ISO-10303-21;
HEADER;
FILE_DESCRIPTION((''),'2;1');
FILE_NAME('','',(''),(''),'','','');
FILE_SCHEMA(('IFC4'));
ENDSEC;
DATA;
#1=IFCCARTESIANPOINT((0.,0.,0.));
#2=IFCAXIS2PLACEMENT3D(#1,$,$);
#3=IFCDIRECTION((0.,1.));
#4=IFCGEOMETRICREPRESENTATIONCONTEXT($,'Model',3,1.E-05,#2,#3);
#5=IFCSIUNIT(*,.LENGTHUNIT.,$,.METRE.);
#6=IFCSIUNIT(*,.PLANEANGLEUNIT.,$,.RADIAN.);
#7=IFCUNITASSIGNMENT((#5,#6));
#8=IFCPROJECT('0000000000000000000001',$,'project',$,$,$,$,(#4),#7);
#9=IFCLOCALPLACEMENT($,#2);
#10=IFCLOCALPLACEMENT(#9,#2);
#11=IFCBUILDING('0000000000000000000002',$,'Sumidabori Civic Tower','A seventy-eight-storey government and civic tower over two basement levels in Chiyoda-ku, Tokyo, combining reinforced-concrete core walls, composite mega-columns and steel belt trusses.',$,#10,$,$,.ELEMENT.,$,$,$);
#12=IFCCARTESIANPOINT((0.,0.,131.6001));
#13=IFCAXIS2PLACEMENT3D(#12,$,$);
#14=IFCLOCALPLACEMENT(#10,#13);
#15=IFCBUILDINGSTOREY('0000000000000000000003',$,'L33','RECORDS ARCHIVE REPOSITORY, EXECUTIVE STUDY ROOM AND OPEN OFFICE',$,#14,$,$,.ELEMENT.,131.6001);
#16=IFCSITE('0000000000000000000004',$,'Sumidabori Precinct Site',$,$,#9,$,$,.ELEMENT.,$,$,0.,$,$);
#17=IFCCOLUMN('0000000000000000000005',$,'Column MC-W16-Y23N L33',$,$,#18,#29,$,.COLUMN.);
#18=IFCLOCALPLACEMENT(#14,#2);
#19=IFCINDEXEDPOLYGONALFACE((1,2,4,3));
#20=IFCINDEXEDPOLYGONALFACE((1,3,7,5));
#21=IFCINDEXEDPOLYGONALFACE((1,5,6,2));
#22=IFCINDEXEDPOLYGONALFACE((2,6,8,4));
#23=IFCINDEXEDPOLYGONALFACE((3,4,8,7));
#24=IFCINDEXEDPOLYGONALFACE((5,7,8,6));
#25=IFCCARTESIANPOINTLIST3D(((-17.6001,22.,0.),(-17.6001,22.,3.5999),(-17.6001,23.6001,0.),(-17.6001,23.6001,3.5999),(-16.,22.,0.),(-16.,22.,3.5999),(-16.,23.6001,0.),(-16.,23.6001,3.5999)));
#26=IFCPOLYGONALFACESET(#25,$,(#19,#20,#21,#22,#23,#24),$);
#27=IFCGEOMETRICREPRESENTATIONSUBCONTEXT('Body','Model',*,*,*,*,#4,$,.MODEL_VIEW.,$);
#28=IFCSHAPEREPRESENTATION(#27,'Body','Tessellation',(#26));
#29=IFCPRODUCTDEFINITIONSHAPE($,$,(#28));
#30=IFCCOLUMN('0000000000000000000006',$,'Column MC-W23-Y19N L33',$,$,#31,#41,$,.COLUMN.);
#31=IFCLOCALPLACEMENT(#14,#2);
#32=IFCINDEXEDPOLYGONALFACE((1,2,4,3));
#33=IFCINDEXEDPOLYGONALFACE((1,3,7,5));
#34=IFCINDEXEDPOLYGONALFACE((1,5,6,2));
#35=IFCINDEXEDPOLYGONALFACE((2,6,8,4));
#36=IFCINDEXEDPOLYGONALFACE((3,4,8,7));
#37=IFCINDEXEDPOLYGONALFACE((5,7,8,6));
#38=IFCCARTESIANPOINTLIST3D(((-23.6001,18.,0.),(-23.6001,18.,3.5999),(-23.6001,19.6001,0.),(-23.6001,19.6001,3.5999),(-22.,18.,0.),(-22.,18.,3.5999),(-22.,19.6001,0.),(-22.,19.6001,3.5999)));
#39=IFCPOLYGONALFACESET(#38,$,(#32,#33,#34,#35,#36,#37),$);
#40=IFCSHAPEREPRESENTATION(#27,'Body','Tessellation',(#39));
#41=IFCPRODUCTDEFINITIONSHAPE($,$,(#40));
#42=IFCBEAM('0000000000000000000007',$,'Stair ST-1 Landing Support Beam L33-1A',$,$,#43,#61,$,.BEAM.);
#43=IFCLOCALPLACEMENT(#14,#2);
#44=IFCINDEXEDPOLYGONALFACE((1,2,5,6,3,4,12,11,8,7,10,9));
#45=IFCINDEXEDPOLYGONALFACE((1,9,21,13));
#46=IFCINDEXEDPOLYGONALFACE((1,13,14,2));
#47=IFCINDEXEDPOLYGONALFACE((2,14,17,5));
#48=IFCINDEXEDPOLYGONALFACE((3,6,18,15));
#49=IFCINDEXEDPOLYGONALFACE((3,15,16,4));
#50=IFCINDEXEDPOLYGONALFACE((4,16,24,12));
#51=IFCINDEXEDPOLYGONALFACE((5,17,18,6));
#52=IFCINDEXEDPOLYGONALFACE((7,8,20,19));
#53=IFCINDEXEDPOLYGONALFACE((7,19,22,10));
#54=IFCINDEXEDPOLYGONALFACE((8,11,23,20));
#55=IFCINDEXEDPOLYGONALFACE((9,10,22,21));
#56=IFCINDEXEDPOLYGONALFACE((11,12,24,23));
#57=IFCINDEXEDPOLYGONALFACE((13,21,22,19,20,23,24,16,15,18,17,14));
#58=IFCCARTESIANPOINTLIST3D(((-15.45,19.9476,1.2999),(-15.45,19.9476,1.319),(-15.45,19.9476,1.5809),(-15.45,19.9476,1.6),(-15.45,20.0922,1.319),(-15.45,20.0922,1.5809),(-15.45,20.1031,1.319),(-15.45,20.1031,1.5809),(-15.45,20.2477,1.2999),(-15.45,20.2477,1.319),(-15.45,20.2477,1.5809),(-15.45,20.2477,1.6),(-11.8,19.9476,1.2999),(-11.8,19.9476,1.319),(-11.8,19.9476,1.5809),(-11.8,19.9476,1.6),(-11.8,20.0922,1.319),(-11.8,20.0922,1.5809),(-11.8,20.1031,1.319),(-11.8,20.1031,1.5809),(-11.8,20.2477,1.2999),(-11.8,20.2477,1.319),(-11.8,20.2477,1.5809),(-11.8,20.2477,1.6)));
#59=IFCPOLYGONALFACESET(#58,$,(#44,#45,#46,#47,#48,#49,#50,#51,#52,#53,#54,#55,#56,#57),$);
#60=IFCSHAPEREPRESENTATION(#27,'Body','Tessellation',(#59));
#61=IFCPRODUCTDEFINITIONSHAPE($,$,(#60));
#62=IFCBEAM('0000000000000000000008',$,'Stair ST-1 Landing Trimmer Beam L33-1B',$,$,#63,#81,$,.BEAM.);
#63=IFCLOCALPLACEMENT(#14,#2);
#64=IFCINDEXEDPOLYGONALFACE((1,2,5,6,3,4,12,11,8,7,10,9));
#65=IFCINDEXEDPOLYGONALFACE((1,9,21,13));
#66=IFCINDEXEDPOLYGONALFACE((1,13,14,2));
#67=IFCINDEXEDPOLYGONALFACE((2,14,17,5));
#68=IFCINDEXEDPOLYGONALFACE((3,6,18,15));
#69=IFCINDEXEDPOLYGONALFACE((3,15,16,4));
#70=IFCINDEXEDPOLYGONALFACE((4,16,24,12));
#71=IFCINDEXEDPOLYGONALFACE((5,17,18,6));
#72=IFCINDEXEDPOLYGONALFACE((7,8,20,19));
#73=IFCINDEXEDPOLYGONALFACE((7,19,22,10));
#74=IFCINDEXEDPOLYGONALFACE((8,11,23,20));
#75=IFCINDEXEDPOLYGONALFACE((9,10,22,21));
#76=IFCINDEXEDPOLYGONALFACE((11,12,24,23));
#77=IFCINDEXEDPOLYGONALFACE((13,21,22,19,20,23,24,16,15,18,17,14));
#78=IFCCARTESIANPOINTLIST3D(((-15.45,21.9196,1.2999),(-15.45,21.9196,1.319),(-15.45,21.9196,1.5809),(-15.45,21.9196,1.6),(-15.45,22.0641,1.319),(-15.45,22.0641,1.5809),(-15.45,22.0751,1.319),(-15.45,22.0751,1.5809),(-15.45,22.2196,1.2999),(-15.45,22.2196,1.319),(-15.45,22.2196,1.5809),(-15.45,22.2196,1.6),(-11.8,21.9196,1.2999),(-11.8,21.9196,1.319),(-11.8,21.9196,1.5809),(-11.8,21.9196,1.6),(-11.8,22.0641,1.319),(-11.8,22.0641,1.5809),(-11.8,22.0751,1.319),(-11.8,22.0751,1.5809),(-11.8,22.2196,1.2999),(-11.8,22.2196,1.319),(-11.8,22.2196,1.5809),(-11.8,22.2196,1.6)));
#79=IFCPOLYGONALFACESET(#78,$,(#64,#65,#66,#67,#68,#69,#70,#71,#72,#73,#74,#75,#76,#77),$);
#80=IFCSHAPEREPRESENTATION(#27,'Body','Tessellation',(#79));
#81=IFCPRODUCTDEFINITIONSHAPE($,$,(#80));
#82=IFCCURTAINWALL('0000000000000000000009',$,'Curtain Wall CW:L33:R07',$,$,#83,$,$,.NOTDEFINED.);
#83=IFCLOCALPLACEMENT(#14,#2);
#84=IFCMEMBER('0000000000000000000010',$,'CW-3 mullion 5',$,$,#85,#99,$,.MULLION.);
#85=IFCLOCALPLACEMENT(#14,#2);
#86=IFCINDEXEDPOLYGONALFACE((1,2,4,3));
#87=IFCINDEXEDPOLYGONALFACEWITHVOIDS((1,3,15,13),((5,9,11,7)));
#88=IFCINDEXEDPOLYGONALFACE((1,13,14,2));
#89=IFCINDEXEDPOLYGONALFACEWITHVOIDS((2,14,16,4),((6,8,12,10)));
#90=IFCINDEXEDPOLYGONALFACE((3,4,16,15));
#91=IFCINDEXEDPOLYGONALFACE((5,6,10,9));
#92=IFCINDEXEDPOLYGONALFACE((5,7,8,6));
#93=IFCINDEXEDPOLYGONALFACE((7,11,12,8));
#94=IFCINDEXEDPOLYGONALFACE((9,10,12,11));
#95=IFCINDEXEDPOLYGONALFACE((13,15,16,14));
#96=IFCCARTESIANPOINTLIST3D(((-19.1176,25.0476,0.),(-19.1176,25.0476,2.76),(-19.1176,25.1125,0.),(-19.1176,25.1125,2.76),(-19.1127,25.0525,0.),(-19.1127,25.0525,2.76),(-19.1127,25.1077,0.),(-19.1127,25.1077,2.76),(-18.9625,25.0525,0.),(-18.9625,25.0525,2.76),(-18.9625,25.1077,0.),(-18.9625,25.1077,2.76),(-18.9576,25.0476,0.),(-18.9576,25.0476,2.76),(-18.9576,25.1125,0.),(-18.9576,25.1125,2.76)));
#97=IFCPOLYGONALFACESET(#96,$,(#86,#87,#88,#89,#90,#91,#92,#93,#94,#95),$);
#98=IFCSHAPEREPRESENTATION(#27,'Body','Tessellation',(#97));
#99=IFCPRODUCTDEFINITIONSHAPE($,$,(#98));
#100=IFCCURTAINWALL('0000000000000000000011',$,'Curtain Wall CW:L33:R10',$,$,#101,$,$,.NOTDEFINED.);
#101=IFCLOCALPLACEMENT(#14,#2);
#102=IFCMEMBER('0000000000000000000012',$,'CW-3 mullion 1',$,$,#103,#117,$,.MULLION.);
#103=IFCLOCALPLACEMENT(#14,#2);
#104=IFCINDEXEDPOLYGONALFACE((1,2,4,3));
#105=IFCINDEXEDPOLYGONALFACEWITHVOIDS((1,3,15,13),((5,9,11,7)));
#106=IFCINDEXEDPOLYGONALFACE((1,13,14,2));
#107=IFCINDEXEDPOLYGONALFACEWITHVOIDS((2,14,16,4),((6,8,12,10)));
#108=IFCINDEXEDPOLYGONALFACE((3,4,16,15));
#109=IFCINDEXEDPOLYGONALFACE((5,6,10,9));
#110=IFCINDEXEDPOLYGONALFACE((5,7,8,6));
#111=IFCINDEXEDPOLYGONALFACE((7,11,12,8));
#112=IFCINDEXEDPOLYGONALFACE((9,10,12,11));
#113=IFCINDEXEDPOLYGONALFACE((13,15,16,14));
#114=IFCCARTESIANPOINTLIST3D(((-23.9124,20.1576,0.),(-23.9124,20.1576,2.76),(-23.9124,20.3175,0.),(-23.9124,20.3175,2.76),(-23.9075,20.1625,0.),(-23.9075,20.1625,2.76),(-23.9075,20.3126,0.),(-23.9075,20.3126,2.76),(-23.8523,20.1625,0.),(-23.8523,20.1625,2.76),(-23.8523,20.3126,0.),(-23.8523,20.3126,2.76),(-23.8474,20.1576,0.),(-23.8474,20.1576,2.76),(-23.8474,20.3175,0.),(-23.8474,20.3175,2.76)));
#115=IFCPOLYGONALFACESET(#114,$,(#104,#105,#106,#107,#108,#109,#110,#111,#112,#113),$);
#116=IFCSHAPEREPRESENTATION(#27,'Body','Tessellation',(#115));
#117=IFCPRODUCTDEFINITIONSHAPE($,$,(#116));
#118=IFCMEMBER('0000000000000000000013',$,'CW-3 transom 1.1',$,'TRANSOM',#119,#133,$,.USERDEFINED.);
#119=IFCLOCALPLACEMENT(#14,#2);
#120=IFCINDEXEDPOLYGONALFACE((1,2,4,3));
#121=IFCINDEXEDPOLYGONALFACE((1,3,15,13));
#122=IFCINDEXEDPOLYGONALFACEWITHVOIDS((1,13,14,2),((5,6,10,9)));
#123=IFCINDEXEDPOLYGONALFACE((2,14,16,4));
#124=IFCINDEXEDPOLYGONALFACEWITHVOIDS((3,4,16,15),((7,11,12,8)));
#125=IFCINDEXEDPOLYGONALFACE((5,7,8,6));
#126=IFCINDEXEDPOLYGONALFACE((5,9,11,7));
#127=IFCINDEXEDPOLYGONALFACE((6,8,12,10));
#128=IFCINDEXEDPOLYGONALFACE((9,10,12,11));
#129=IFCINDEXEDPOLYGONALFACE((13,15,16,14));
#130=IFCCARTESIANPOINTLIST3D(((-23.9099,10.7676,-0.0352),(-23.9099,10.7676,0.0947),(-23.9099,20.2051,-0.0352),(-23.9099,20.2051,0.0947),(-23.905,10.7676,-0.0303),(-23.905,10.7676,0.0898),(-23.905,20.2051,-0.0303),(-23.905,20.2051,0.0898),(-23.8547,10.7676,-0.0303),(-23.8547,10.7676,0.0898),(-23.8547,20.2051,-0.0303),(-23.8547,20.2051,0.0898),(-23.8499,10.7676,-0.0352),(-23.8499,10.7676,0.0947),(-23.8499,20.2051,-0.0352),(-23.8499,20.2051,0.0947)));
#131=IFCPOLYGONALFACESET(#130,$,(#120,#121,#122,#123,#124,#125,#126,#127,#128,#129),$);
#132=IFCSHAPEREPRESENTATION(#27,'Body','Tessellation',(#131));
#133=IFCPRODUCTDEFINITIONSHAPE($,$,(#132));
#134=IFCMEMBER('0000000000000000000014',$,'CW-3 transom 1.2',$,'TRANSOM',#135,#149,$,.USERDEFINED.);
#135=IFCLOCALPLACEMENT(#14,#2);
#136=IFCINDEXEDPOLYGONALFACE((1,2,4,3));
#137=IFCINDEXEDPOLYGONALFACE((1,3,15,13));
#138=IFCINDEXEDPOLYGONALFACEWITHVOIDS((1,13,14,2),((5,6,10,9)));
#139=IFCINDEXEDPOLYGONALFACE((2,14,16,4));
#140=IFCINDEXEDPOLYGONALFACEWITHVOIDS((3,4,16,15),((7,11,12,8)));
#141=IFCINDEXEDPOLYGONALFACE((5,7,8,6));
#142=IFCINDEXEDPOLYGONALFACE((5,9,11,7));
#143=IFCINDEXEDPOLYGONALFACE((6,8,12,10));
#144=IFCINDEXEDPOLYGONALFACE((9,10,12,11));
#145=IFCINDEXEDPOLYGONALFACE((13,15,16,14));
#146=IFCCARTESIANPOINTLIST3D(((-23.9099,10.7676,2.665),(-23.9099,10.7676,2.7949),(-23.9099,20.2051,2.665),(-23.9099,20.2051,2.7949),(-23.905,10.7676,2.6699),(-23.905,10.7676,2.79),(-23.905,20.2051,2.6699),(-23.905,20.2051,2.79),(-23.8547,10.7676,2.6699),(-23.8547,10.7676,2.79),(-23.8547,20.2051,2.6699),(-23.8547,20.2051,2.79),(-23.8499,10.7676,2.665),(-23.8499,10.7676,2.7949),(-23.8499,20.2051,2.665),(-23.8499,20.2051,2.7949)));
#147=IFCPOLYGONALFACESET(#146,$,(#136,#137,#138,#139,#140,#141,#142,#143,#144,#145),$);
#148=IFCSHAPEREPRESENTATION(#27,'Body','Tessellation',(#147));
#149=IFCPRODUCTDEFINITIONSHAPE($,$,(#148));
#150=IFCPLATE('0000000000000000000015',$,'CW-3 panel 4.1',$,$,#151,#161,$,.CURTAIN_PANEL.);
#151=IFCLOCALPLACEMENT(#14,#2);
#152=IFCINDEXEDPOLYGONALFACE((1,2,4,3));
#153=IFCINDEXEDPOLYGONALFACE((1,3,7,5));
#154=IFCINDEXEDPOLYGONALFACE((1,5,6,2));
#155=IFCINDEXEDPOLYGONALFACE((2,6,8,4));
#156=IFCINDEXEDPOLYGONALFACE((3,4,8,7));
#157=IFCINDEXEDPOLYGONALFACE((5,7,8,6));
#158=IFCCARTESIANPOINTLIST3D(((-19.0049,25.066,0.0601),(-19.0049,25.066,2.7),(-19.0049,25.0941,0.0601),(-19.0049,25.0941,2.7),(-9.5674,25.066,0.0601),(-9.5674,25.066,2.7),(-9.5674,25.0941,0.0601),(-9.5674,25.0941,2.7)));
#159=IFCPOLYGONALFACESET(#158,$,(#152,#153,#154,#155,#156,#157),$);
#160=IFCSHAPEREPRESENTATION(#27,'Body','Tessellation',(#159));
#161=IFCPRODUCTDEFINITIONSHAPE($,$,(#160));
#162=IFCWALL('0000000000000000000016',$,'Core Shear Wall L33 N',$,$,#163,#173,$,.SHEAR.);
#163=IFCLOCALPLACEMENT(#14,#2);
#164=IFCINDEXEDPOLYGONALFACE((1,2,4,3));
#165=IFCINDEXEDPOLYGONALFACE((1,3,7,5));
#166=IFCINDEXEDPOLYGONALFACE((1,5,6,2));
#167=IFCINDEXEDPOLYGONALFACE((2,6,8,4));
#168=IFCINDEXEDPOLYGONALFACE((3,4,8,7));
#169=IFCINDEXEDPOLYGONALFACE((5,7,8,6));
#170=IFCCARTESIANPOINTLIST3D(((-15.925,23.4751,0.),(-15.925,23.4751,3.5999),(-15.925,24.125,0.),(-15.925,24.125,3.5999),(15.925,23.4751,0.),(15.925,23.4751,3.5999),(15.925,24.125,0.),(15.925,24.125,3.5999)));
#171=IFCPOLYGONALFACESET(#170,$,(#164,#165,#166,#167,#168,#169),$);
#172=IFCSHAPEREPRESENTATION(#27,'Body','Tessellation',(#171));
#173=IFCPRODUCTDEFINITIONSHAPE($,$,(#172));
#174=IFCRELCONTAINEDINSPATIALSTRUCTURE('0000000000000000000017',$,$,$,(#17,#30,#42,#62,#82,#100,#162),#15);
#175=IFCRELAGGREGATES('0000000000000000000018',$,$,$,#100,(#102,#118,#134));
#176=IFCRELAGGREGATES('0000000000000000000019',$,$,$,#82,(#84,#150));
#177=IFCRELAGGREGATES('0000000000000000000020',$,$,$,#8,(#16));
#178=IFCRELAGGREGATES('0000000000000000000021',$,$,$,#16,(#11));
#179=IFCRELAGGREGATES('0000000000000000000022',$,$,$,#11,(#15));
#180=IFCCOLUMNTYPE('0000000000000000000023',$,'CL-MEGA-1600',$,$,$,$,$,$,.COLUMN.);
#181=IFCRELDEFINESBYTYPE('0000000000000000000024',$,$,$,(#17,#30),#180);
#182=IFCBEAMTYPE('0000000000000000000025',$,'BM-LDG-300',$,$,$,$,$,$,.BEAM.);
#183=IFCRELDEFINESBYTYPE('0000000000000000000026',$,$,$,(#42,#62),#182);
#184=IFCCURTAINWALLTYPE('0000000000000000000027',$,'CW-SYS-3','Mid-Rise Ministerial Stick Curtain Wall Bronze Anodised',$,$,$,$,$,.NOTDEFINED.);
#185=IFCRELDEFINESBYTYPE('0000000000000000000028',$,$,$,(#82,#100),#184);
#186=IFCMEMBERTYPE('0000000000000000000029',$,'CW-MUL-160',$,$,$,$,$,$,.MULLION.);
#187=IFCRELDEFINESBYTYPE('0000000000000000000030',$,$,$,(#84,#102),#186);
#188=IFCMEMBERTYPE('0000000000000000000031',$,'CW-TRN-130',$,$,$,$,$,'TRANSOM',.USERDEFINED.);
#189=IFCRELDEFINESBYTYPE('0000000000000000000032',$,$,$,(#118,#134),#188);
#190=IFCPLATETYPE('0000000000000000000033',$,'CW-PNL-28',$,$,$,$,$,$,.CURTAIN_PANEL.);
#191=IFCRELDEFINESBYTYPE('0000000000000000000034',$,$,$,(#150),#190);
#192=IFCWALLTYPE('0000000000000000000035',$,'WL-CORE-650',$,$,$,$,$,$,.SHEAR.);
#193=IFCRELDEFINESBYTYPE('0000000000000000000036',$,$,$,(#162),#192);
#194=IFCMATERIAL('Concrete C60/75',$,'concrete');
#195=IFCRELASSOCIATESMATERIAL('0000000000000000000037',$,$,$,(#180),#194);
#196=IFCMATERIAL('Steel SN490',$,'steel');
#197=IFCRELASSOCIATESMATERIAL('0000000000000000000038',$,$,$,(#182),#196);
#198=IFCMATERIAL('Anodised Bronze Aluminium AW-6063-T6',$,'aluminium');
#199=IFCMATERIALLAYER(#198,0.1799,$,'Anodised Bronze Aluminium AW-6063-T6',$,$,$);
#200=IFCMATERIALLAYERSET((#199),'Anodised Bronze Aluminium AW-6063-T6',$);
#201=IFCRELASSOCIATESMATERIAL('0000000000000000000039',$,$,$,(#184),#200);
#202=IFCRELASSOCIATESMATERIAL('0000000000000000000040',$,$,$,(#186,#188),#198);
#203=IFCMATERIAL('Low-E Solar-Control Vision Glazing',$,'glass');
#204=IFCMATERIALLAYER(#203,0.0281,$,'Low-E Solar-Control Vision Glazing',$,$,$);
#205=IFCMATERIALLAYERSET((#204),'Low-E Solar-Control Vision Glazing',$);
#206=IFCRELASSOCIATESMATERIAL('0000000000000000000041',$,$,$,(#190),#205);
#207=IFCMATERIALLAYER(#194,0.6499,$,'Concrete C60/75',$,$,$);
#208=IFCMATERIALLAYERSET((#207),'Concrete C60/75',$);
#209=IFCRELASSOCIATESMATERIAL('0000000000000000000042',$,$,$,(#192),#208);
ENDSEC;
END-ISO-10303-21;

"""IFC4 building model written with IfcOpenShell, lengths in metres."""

from ifc_helpers import new_model, si_unit, direction, frame, frame_2d, origin, origin_2d, place, context, subcontext, project, spatial, rectangle, hollow_rectangle, i_section, extrude, source, transform, mapped, material, layer, layer_set, material_profile, profile_set, type_object, element, aggregate, save


model = new_model("IFC4")

# Units and contexts
model_context = context("Model", 3, precision=1e-05, world=origin(), true_north=direction((0.0, 1.0)))
body_context = subcontext(model_context, "Body", "Model", "MODEL_VIEW")
ifc_project = project(units=[si_unit("LENGTHUNIT", "METRE"), si_unit("PLANEANGLEUNIT", "RADIAN")], contexts=[model_context])

# Site, building, storey
site_placement = place(None, origin())
site = spatial("IfcSite", under=ifc_project, at=site_placement, Name="Sumidabori Precinct Site", CompositionType="ELEMENT", RefElevation=0.0)
building_placement = place(site_placement, origin())
building = spatial("IfcBuilding", under=site, at=building_placement, Name="Sumidabori Civic Tower", Description="A seventy-eight-storey government and civic tower over two basement levels in Chiyoda-ku, Tokyo, combining reinforced-concrete core walls, composite mega-columns and steel belt trusses.", CompositionType="ELEMENT")
storey_placement = place(building_placement, frame((0.0, 0.0, 131.6001)))
storey = spatial("IfcBuildingStorey", under=building, at=storey_placement, Name="L33", Description="RECORDS ARCHIVE REPOSITORY, EXECUTIVE STUDY ROOM AND OPEN OFFICE", CompositionType="ELEMENT", Elevation=131.6001)

# Columns
ifc_material_1 = material(Name="Concrete C60/75", Category="concrete")
ifc_material_profile_1 = material_profile(ifc_material_1, rectangle(XDim=1.6001, YDim=1.6001, at=origin_2d()), Name="RC 1600x1600")
ifc_profile_set_1 = profile_set([ifc_material_profile_1], Name="Concrete C60/75")
column_type = type_object("IfcColumnType", Name="CL-MEGA-1600", PredefinedType="COLUMN", material=ifc_profile_set_1)
shared_shape_1 = source(origin(), body_context, "Body", "SweptSolid", [
    extrude(rectangle(XDim=1.6001, YDim=1.6001, at=origin_2d()), origin(), (0.0, 0.0, 1.0), 3.5999),
])
for number, where, z_axis, x_axis, name in (
    (1, (-16.8, 22.8, 0.0), (0.0, 0.0, 1.0), (1.0, 0.0, 0.0), "Column MC-W16-Y23N L33"),
    (2, (-22.8, 18.8, 0.0), (0.0, 0.0, 1.0), (1.0, 0.0, 0.0), "Column MC-W23-Y19N L33"),
):
    element("IfcColumn", number, at=place(storey_placement, frame(where, z_axis=z_axis, x_axis=x_axis)), inside=storey, type_object=column_type, Name=name, PredefinedType="COLUMN", context=body_context, shape_type="MappedRepresentation", body=[
        mapped(shared_shape_1, transform((0.0, 0.0, 0.0), x_axis=(1.0, 0.0, 0.0), y_axis=(0.0, 1.0, 0.0), z_axis=(0.0, 0.0, 1.0), scale=1.0)),
    ])

# Beams
ifc_material_2 = material(Name="Steel SN490", Category="steel")
ifc_material_profile_2 = material_profile(ifc_material_2, i_section(OverallWidth=0.3, OverallDepth=0.3, WebThickness=0.011, FlangeThickness=0.019, at=origin_2d()), Name="HE 300 B")
ifc_profile_set_2 = profile_set([ifc_material_profile_2], Name="Steel SN490")
beam_type = type_object("IfcBeamType", Name="BM-LDG-300", PredefinedType="BEAM", material=ifc_profile_set_2)
shared_shape_2 = source(origin(), body_context, "Body", "SweptSolid", [
    extrude(i_section(OverallWidth=0.3, OverallDepth=0.3, WebThickness=0.011, FlangeThickness=0.019, at=origin_2d()), origin(), (0.0, 0.0, 1.0), 3.6499),
])
for number, where, z_axis, x_axis, name in (
    (3, (-15.45, 20.0977, 1.45), (1.0, 0.0, 0.0), (0.0, 1.0, 0.0), "Stair ST-1 Landing Support Beam L33-1A"),
    (4, (-15.45, 22.0696, 1.45), (1.0, 0.0, 0.0), (0.0, 1.0, 0.0), "Stair ST-1 Landing Trimmer Beam L33-1B"),
):
    element("IfcBeam", number, at=place(storey_placement, frame(where, z_axis=z_axis, x_axis=x_axis)), inside=storey, type_object=beam_type, Name=name, PredefinedType="BEAM", context=body_context, shape_type="MappedRepresentation", body=[
        mapped(shared_shape_2, transform((0.0, 0.0, 0.0), x_axis=(1.0, 0.0, 0.0), y_axis=(0.0, 1.0, 0.0), z_axis=(0.0, 0.0, 1.0), scale=1.0)),
    ])

# Curtain wall, member
ifc_material_3 = material(Name="Anodised Bronze Aluminium AW-6063-T6", Category="aluminium")
ifc_layer_1 = layer(ifc_material_3, 0.1799, Name="Anodised Bronze Aluminium AW-6063-T6")
ifc_layer_set_1 = layer_set([ifc_layer_1], Name="Anodised Bronze Aluminium AW-6063-T6")
curtain_wall_type = type_object("IfcCurtainWallType", Name="CW-SYS-3", Description="Mid-Rise Ministerial Stick Curtain Wall Bronze Anodised", PredefinedType="NOTDEFINED", material=ifc_layer_set_1)
curtain_wall_1_placement = place(storey_placement, origin())
curtain_wall_1 = element("IfcCurtainWall", 5, at=curtain_wall_1_placement, inside=storey, type_object=curtain_wall_type, Name="Curtain Wall CW:L33:R07", PredefinedType="NOTDEFINED")
ifc_material_profile_3 = material_profile(ifc_material_3, hollow_rectangle(XDim=0.0649, YDim=0.1599, WallThickness=0.0049, at=origin_2d()), Name="ALU MULLION 160x65")
ifc_profile_set_3 = profile_set([ifc_material_profile_3], Name="Anodised Bronze Aluminium AW-6063-T6")
member_type_1 = type_object("IfcMemberType", Name="CW-MUL-160", PredefinedType="MULLION", material=ifc_profile_set_3)
shared_shape_3 = source(origin(), body_context, "Body", "SweptSolid", [
    extrude(hollow_rectangle(XDim=0.0649, YDim=0.1599, WallThickness=0.0049, at=origin_2d()), origin(), (0.0, 0.0, 1.0), 2.76),
])
member_1_placement = place(storey_placement, frame((-19.0376, 25.0801, 0.0), z_axis=(0.0, 0.0, 1.0), x_axis=(0.0, -1.0, 0.0)))
member_1 = element("IfcMember", 6, at=member_1_placement, type_object=member_type_1, Name="CW-3 mullion 5", PredefinedType="MULLION", context=body_context, shape_type="MappedRepresentation", body=[
    mapped(shared_shape_3, transform((0.0, 0.0, 0.0), x_axis=(1.0, 0.0, 0.0), y_axis=(0.0, 1.0, 0.0), z_axis=(0.0, 0.0, 1.0), scale=1.0)),
])

# Curtain wall, members
curtain_wall_2_placement = place(storey_placement, origin())
curtain_wall_2 = element("IfcCurtainWall", 7, at=curtain_wall_2_placement, inside=storey, type_object=curtain_wall_type, Name="Curtain Wall CW:L33:R10", PredefinedType="NOTDEFINED")
member_2_placement = place(storey_placement, frame((-23.8799, 20.2375, 0.0), z_axis=(0.0, 0.0, 1.0), x_axis=(1.0, 0.0, 0.0)))
member_2 = element("IfcMember", 8, at=member_2_placement, type_object=member_type_1, Name="CW-3 mullion 1", PredefinedType="MULLION", context=body_context, shape_type="MappedRepresentation", body=[
    mapped(shared_shape_3, transform((0.0, 0.0, 0.0), x_axis=(1.0, 0.0, 0.0), y_axis=(0.0, 1.0, 0.0), z_axis=(0.0, 0.0, 1.0), scale=1.0)),
])
ifc_material_profile_4 = material_profile(ifc_material_3, hollow_rectangle(XDim=0.0601, YDim=0.1299, WallThickness=0.0049, at=origin_2d()), Name="ALU TRANSOM 130x60")
ifc_profile_set_4 = profile_set([ifc_material_profile_4], Name="Anodised Bronze Aluminium AW-6063-T6")
member_type_2 = type_object("IfcMemberType", Name="CW-TRN-130", ElementType="TRANSOM", PredefinedType="USERDEFINED", material=ifc_profile_set_4)
shared_shape_4 = source(origin(), body_context, "Body", "SweptSolid", [
    extrude(hollow_rectangle(XDim=0.0601, YDim=0.1299, WallThickness=0.0049, at=origin_2d()), origin(), (0.0, 0.0, 1.0), 9.4375),
])
member_3_placement = place(storey_placement, frame((-23.8799, 20.2051, 0.0298), z_axis=(0.0, -1.0, 0.0), x_axis=(1.0, 0.0, 0.0)))
member_3 = element("IfcMember", 9, at=member_3_placement, type_object=member_type_2, Name="CW-3 transom 1.1", ObjectType="TRANSOM", PredefinedType="USERDEFINED", context=body_context, shape_type="MappedRepresentation", body=[
    mapped(shared_shape_4, transform((0.0, 0.0, 0.0), x_axis=(1.0, 0.0, 0.0), y_axis=(0.0, 1.0, 0.0), z_axis=(0.0, 0.0, 1.0), scale=1.0)),
])
member_4_placement = place(storey_placement, frame((-23.8799, 20.2051, 2.73), z_axis=(0.0, -1.0, 0.0), x_axis=(1.0, 0.0, 0.0)))
member_4 = element("IfcMember", 10, at=member_4_placement, type_object=member_type_2, Name="CW-3 transom 1.2", ObjectType="TRANSOM", PredefinedType="USERDEFINED", context=body_context, shape_type="MappedRepresentation", body=[
    mapped(shared_shape_4, transform((0.0, 0.0, 0.0), x_axis=(1.0, 0.0, 0.0), y_axis=(0.0, 1.0, 0.0), z_axis=(0.0, 0.0, 1.0), scale=1.0)),
])
aggregate(curtain_wall_2, [member_2, member_3, member_4])

# Plate
ifc_material_4 = material(Name="Low-E Solar-Control Vision Glazing", Category="glass")
ifc_layer_2 = layer(ifc_material_4, 0.0281, Name="Low-E Solar-Control Vision Glazing")
ifc_layer_set_2 = layer_set([ifc_layer_2], Name="Low-E Solar-Control Vision Glazing")
plate_type = type_object("IfcPlateType", Name="CW-PNL-28", PredefinedType="CURTAIN_PANEL", material=ifc_layer_set_2)
shared_shape_5 = source(origin(), body_context, "Body", "SweptSolid", [
    extrude(rectangle(XDim=9.4375, YDim=0.0281, at=origin_2d()), origin(), (0.0, 0.0, 1.0), 2.6399),
])
plate_placement = place(storey_placement, frame((-14.2861, 25.0801, 0.0601), z_axis=(0.0, 0.0, 1.0), x_axis=(-1.0, 0.0, 0.0)))
plate = element("IfcPlate", 11, at=plate_placement, type_object=plate_type, Name="CW-3 panel 4.1", PredefinedType="CURTAIN_PANEL", context=body_context, shape_type="MappedRepresentation", body=[
    mapped(shared_shape_5, transform((0.0, 0.0, 0.0), x_axis=(1.0, 0.0, 0.0), y_axis=(0.0, 1.0, 0.0), z_axis=(0.0, 0.0, 1.0), scale=1.0)),
])
aggregate(curtain_wall_1, [member_1, plate])

# Wall
ifc_layer_3 = layer(ifc_material_1, 0.6499, Name="Concrete C60/75")
ifc_layer_set_3 = layer_set([ifc_layer_3], Name="Concrete C60/75")
wall_type_1 = type_object("IfcWallType", Name="WL-CORE-650", PredefinedType="SHEAR", material=ifc_layer_set_3)
shared_shape_6 = source(origin(), body_context, "Body", "SweptSolid", [
    extrude(rectangle(XDim=31.8501, YDim=0.6499, at=frame_2d((15.925, 0.0))), origin(), (0.0, 0.0, 1.0), 3.5999),
])
wall_placement = place(storey_placement, frame((-15.925, 23.8, 0.0), z_axis=(0.0, 0.0, 1.0), x_axis=(1.0, 0.0, 0.0)))
element("IfcWall", 12, at=wall_placement, inside=storey, type_object=wall_type_1, Name="Core Shear Wall L33 N", PredefinedType="SHEAR", context=body_context, shape_type="MappedRepresentation", body=[
    mapped(shared_shape_6, transform((0.0, 0.0, 0.0), x_axis=(1.0, 0.0, 0.0), y_axis=(0.0, 1.0, 0.0), z_axis=(0.0, 0.0, 1.0), scale=1.0)),
])

save(model, "model.ifc")
